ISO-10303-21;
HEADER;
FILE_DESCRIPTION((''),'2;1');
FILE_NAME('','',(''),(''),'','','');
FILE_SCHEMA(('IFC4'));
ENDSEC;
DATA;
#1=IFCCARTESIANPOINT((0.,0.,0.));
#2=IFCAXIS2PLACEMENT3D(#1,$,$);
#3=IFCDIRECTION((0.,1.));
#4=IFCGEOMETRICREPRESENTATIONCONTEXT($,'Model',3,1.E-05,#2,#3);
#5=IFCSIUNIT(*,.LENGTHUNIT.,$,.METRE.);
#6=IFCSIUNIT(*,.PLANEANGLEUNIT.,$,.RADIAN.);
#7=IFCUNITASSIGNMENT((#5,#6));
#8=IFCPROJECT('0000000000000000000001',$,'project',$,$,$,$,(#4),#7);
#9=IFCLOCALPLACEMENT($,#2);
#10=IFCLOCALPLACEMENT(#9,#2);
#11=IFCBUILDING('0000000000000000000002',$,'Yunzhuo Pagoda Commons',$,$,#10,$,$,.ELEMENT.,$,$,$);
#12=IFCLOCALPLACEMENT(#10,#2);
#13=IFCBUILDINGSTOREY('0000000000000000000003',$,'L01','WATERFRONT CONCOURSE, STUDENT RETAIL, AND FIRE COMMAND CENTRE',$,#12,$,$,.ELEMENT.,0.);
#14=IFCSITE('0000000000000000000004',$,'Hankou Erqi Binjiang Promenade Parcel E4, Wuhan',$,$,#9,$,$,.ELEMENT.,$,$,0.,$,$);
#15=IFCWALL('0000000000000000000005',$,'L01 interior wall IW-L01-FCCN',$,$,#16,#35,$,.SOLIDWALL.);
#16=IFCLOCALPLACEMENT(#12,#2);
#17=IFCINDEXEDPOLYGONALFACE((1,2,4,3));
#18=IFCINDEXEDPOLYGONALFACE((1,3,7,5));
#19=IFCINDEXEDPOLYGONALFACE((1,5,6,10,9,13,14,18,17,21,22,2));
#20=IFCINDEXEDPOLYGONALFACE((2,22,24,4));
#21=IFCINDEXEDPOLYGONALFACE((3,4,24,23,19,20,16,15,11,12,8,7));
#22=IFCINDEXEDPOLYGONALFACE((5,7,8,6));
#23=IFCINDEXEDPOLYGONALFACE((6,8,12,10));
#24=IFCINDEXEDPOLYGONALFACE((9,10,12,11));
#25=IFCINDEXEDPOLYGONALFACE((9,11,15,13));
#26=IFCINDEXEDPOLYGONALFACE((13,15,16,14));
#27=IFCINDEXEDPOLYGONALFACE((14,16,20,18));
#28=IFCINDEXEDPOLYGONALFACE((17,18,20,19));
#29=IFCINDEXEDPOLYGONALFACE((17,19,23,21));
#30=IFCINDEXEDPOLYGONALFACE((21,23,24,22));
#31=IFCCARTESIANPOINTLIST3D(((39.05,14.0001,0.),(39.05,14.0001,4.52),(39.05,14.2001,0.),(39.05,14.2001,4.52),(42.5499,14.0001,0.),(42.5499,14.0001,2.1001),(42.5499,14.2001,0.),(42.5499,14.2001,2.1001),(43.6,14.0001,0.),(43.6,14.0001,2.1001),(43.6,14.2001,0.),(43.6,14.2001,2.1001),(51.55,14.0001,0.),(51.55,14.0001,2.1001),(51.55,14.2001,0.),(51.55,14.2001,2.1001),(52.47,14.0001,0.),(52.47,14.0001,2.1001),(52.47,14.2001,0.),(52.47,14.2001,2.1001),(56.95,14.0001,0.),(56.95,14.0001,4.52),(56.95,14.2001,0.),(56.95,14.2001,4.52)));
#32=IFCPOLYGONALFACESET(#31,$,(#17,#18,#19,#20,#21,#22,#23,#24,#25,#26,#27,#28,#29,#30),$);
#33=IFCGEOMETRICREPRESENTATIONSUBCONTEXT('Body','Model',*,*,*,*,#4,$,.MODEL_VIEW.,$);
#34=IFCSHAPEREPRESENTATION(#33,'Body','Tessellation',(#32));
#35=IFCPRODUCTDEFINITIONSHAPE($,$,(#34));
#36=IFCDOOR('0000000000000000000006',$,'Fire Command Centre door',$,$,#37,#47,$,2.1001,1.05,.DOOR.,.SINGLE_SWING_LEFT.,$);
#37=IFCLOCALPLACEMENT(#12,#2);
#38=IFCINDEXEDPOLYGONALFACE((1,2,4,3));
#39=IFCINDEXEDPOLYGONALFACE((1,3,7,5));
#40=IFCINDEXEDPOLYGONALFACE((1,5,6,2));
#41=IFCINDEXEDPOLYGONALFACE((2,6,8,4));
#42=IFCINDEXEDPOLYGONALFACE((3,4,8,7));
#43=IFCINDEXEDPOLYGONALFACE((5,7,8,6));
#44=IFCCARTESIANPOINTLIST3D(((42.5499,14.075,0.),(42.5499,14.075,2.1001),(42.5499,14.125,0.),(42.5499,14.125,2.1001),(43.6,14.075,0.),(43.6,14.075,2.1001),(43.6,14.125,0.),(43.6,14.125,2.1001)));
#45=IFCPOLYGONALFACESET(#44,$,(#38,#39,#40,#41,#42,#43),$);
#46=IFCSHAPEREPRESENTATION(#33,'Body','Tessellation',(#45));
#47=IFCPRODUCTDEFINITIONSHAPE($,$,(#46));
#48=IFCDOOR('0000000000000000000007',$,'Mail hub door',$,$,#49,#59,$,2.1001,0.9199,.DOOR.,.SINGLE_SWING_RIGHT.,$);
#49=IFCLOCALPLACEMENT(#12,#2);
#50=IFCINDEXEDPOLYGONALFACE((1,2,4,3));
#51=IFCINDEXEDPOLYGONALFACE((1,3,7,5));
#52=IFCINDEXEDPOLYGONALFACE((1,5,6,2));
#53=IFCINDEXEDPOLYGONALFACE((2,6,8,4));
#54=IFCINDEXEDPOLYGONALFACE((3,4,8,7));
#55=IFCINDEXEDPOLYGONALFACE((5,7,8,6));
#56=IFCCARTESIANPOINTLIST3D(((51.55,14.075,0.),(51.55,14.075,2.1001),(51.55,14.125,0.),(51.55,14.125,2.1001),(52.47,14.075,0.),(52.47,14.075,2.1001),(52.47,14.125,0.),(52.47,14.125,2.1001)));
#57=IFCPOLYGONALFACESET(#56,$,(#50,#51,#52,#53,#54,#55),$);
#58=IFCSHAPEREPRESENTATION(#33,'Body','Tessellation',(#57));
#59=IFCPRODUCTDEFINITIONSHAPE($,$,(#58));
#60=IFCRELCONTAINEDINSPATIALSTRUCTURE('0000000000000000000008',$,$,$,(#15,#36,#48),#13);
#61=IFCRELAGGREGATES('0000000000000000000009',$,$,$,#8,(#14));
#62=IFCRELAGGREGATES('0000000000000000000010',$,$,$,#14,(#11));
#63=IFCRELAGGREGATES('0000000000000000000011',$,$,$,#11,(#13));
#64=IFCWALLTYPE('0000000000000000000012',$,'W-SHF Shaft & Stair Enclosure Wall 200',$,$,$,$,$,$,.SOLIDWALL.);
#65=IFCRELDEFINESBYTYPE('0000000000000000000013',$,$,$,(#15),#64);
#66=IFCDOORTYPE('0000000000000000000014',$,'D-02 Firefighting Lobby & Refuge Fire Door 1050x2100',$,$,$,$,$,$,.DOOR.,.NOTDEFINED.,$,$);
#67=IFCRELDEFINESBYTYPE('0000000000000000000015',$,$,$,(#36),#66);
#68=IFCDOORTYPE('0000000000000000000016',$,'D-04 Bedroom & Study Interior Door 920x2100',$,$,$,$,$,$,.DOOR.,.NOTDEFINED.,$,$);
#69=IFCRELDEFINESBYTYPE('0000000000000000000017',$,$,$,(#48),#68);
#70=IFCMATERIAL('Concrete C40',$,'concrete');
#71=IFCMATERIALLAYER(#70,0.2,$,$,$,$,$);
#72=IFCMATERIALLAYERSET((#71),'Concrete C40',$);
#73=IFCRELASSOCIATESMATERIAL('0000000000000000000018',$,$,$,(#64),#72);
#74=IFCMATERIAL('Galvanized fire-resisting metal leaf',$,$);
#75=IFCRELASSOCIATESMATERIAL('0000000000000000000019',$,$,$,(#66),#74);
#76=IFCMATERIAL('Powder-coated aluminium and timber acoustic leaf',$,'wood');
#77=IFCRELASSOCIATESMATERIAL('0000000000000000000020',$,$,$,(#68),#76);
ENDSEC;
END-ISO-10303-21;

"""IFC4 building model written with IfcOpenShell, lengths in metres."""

from ifc_helpers import new_model, si_unit, direction, frame, frame_2d, origin, origin_with_axes, place, context, subcontext, project, spatial, rectangle, extrude, source, transform, mapped, material, layer, layer_set, type_object, element, fill, save


model = new_model("IFC4")

# Units and contexts
model_context = context("Model", 3, precision=1e-05, world=origin(), true_north=direction((0.0, 1.0)))
body_context = subcontext(model_context, "Body", "Model", "MODEL_VIEW")
ifc_project = project(units=[si_unit("LENGTHUNIT", "METRE"), si_unit("PLANEANGLEUNIT", "RADIAN")], contexts=[model_context])

# Site, building, storey
site_placement = place(None, origin())
site = spatial("IfcSite", under=ifc_project, at=site_placement, Name="Hankou Erqi Binjiang Promenade Parcel E4, Wuhan", CompositionType="ELEMENT", RefElevation=0.0)
building_placement = place(site_placement, origin())
building = spatial("IfcBuilding", under=site, at=building_placement, Name="Yunzhuo Pagoda Commons", CompositionType="ELEMENT")
storey_placement = place(building_placement, origin())
storey = spatial("IfcBuildingStorey", under=building, at=storey_placement, Name="L01", Description="WATERFRONT CONCOURSE, STUDENT RETAIL, AND FIRE COMMAND CENTRE", CompositionType="ELEMENT", Elevation=0.0)

# Shared definitions
ifc_material_1 = material(Name="Galvanized fire-resisting metal leaf")

# Wall, openings, doors
ifc_material_2 = material(Name="Concrete C40", Category="concrete")
ifc_layer_1 = layer(ifc_material_2, 0.2)
ifc_layer_set_1 = layer_set([ifc_layer_1], Name="Concrete C40")
wall_type_1 = type_object("IfcWallType", Name="W-SHF Shaft & Stair Enclosure Wall 200", PredefinedType="SOLIDWALL", material=ifc_layer_set_1)
wall_1_placement = place(storey_placement, frame((39.05, 14.1001, 0.0), z_axis=(0.0, 0.0, 1.0), x_axis=(1.0, 0.0, 0.0)))
wall_1 = element("IfcWall", 1, at=wall_1_placement, inside=storey, type_object=wall_type_1, Name="L01 interior wall IW-L01-FCCN", PredefinedType="SOLIDWALL", context=body_context, shape_type="SweptSolid", body=[
    extrude(rectangle(XDim=17.8999, YDim=0.2, at=frame_2d((8.95, 0.0))), origin(), (0.0, 0.0, 1.0), 4.52),
])
opening_1_placement = place(wall_1_placement, frame((3.5, 0.0, 0.0)))
opening_1 = element("IfcOpeningElement", 2, at=opening_1_placement, cuts=wall_1, PredefinedType="OPENING", context=body_context, shape_type="SweptSolid", body=[
    extrude(rectangle(XDim=1.05, YDim=2.1001, at=frame_2d((0.5249, 1.05))), frame((0.0, 0.1099, 0.0), z_axis=(0.0, -1.0, 0.0), x_axis=(1.0, 0.0, 0.0)), (0.0, 0.0, 1.0), 0.22),
])
opening_2_placement = place(wall_1_placement, frame((12.5, 0.0, 0.0)))
opening_2 = element("IfcOpeningElement", 3, at=opening_2_placement, cuts=wall_1, PredefinedType="OPENING", context=body_context, shape_type="SweptSolid", body=[
    extrude(rectangle(XDim=0.9199, YDim=2.1001, at=frame_2d((0.46, 1.05))), frame((0.0, 0.1099, 0.0), z_axis=(0.0, -1.0, 0.0), x_axis=(1.0, 0.0, 0.0)), (0.0, 0.0, 1.0), 0.22),
])
door_type_1 = type_object("IfcDoorType", Name="D-02 Firefighting Lobby & Refuge Fire Door 1050x2100", OperationType="NOTDEFINED", PredefinedType="DOOR", material=ifc_material_1)
shared_shape_1 = source(origin(), body_context, "Body", "SweptSolid", [
    extrude(rectangle(XDim=1.05, YDim=2.1001, at=frame_2d((0.5249, 1.05))), frame((0.0, 0.0249, 0.0), z_axis=(0.0, -1.0, 0.0), x_axis=(1.0, 0.0, 0.0)), (0.0, 0.0, 1.0), 0.05),
])
door_1_placement = place(opening_1_placement, origin_with_axes())
door_1 = element("IfcDoor", 4, at=door_1_placement, inside=storey, type_object=door_type_1, Name="Fire Command Centre door", OperationType="SINGLE_SWING_LEFT", OverallHeight=2.1001, OverallWidth=1.05, PredefinedType="DOOR", context=body_context, shape_type="MappedRepresentation", body=[
    mapped(shared_shape_1, transform((0.0, 0.0, 0.0), scale=1.0)),
])
fill(opening_1, door_1)
ifc_material_3 = material(Name="Powder-coated aluminium and timber acoustic leaf", Category="wood")
door_type_2 = type_object("IfcDoorType", Name="D-04 Bedroom & Study Interior Door 920x2100", OperationType="NOTDEFINED", PredefinedType="DOOR", material=ifc_material_3)
shared_shape_2 = source(origin(), body_context, "Body", "SweptSolid", [
    extrude(rectangle(XDim=0.9199, YDim=2.1001, at=frame_2d((0.46, 1.05))), frame((0.0, 0.0249, 0.0), z_axis=(0.0, -1.0, 0.0), x_axis=(1.0, 0.0, 0.0)), (0.0, 0.0, 1.0), 0.05),
])
door_2_placement = place(opening_2_placement, origin_with_axes())
door_2 = element("IfcDoor", 5, at=door_2_placement, inside=storey, type_object=door_type_2, Name="Mail hub door", OperationType="SINGLE_SWING_RIGHT", OverallHeight=2.1001, OverallWidth=0.9199, PredefinedType="DOOR", context=body_context, shape_type="MappedRepresentation", body=[
    mapped(shared_shape_2, transform((0.0, 0.0, 0.0), scale=1.0)),
])
fill(opening_2, door_2)

save(model, "model.ifc")
